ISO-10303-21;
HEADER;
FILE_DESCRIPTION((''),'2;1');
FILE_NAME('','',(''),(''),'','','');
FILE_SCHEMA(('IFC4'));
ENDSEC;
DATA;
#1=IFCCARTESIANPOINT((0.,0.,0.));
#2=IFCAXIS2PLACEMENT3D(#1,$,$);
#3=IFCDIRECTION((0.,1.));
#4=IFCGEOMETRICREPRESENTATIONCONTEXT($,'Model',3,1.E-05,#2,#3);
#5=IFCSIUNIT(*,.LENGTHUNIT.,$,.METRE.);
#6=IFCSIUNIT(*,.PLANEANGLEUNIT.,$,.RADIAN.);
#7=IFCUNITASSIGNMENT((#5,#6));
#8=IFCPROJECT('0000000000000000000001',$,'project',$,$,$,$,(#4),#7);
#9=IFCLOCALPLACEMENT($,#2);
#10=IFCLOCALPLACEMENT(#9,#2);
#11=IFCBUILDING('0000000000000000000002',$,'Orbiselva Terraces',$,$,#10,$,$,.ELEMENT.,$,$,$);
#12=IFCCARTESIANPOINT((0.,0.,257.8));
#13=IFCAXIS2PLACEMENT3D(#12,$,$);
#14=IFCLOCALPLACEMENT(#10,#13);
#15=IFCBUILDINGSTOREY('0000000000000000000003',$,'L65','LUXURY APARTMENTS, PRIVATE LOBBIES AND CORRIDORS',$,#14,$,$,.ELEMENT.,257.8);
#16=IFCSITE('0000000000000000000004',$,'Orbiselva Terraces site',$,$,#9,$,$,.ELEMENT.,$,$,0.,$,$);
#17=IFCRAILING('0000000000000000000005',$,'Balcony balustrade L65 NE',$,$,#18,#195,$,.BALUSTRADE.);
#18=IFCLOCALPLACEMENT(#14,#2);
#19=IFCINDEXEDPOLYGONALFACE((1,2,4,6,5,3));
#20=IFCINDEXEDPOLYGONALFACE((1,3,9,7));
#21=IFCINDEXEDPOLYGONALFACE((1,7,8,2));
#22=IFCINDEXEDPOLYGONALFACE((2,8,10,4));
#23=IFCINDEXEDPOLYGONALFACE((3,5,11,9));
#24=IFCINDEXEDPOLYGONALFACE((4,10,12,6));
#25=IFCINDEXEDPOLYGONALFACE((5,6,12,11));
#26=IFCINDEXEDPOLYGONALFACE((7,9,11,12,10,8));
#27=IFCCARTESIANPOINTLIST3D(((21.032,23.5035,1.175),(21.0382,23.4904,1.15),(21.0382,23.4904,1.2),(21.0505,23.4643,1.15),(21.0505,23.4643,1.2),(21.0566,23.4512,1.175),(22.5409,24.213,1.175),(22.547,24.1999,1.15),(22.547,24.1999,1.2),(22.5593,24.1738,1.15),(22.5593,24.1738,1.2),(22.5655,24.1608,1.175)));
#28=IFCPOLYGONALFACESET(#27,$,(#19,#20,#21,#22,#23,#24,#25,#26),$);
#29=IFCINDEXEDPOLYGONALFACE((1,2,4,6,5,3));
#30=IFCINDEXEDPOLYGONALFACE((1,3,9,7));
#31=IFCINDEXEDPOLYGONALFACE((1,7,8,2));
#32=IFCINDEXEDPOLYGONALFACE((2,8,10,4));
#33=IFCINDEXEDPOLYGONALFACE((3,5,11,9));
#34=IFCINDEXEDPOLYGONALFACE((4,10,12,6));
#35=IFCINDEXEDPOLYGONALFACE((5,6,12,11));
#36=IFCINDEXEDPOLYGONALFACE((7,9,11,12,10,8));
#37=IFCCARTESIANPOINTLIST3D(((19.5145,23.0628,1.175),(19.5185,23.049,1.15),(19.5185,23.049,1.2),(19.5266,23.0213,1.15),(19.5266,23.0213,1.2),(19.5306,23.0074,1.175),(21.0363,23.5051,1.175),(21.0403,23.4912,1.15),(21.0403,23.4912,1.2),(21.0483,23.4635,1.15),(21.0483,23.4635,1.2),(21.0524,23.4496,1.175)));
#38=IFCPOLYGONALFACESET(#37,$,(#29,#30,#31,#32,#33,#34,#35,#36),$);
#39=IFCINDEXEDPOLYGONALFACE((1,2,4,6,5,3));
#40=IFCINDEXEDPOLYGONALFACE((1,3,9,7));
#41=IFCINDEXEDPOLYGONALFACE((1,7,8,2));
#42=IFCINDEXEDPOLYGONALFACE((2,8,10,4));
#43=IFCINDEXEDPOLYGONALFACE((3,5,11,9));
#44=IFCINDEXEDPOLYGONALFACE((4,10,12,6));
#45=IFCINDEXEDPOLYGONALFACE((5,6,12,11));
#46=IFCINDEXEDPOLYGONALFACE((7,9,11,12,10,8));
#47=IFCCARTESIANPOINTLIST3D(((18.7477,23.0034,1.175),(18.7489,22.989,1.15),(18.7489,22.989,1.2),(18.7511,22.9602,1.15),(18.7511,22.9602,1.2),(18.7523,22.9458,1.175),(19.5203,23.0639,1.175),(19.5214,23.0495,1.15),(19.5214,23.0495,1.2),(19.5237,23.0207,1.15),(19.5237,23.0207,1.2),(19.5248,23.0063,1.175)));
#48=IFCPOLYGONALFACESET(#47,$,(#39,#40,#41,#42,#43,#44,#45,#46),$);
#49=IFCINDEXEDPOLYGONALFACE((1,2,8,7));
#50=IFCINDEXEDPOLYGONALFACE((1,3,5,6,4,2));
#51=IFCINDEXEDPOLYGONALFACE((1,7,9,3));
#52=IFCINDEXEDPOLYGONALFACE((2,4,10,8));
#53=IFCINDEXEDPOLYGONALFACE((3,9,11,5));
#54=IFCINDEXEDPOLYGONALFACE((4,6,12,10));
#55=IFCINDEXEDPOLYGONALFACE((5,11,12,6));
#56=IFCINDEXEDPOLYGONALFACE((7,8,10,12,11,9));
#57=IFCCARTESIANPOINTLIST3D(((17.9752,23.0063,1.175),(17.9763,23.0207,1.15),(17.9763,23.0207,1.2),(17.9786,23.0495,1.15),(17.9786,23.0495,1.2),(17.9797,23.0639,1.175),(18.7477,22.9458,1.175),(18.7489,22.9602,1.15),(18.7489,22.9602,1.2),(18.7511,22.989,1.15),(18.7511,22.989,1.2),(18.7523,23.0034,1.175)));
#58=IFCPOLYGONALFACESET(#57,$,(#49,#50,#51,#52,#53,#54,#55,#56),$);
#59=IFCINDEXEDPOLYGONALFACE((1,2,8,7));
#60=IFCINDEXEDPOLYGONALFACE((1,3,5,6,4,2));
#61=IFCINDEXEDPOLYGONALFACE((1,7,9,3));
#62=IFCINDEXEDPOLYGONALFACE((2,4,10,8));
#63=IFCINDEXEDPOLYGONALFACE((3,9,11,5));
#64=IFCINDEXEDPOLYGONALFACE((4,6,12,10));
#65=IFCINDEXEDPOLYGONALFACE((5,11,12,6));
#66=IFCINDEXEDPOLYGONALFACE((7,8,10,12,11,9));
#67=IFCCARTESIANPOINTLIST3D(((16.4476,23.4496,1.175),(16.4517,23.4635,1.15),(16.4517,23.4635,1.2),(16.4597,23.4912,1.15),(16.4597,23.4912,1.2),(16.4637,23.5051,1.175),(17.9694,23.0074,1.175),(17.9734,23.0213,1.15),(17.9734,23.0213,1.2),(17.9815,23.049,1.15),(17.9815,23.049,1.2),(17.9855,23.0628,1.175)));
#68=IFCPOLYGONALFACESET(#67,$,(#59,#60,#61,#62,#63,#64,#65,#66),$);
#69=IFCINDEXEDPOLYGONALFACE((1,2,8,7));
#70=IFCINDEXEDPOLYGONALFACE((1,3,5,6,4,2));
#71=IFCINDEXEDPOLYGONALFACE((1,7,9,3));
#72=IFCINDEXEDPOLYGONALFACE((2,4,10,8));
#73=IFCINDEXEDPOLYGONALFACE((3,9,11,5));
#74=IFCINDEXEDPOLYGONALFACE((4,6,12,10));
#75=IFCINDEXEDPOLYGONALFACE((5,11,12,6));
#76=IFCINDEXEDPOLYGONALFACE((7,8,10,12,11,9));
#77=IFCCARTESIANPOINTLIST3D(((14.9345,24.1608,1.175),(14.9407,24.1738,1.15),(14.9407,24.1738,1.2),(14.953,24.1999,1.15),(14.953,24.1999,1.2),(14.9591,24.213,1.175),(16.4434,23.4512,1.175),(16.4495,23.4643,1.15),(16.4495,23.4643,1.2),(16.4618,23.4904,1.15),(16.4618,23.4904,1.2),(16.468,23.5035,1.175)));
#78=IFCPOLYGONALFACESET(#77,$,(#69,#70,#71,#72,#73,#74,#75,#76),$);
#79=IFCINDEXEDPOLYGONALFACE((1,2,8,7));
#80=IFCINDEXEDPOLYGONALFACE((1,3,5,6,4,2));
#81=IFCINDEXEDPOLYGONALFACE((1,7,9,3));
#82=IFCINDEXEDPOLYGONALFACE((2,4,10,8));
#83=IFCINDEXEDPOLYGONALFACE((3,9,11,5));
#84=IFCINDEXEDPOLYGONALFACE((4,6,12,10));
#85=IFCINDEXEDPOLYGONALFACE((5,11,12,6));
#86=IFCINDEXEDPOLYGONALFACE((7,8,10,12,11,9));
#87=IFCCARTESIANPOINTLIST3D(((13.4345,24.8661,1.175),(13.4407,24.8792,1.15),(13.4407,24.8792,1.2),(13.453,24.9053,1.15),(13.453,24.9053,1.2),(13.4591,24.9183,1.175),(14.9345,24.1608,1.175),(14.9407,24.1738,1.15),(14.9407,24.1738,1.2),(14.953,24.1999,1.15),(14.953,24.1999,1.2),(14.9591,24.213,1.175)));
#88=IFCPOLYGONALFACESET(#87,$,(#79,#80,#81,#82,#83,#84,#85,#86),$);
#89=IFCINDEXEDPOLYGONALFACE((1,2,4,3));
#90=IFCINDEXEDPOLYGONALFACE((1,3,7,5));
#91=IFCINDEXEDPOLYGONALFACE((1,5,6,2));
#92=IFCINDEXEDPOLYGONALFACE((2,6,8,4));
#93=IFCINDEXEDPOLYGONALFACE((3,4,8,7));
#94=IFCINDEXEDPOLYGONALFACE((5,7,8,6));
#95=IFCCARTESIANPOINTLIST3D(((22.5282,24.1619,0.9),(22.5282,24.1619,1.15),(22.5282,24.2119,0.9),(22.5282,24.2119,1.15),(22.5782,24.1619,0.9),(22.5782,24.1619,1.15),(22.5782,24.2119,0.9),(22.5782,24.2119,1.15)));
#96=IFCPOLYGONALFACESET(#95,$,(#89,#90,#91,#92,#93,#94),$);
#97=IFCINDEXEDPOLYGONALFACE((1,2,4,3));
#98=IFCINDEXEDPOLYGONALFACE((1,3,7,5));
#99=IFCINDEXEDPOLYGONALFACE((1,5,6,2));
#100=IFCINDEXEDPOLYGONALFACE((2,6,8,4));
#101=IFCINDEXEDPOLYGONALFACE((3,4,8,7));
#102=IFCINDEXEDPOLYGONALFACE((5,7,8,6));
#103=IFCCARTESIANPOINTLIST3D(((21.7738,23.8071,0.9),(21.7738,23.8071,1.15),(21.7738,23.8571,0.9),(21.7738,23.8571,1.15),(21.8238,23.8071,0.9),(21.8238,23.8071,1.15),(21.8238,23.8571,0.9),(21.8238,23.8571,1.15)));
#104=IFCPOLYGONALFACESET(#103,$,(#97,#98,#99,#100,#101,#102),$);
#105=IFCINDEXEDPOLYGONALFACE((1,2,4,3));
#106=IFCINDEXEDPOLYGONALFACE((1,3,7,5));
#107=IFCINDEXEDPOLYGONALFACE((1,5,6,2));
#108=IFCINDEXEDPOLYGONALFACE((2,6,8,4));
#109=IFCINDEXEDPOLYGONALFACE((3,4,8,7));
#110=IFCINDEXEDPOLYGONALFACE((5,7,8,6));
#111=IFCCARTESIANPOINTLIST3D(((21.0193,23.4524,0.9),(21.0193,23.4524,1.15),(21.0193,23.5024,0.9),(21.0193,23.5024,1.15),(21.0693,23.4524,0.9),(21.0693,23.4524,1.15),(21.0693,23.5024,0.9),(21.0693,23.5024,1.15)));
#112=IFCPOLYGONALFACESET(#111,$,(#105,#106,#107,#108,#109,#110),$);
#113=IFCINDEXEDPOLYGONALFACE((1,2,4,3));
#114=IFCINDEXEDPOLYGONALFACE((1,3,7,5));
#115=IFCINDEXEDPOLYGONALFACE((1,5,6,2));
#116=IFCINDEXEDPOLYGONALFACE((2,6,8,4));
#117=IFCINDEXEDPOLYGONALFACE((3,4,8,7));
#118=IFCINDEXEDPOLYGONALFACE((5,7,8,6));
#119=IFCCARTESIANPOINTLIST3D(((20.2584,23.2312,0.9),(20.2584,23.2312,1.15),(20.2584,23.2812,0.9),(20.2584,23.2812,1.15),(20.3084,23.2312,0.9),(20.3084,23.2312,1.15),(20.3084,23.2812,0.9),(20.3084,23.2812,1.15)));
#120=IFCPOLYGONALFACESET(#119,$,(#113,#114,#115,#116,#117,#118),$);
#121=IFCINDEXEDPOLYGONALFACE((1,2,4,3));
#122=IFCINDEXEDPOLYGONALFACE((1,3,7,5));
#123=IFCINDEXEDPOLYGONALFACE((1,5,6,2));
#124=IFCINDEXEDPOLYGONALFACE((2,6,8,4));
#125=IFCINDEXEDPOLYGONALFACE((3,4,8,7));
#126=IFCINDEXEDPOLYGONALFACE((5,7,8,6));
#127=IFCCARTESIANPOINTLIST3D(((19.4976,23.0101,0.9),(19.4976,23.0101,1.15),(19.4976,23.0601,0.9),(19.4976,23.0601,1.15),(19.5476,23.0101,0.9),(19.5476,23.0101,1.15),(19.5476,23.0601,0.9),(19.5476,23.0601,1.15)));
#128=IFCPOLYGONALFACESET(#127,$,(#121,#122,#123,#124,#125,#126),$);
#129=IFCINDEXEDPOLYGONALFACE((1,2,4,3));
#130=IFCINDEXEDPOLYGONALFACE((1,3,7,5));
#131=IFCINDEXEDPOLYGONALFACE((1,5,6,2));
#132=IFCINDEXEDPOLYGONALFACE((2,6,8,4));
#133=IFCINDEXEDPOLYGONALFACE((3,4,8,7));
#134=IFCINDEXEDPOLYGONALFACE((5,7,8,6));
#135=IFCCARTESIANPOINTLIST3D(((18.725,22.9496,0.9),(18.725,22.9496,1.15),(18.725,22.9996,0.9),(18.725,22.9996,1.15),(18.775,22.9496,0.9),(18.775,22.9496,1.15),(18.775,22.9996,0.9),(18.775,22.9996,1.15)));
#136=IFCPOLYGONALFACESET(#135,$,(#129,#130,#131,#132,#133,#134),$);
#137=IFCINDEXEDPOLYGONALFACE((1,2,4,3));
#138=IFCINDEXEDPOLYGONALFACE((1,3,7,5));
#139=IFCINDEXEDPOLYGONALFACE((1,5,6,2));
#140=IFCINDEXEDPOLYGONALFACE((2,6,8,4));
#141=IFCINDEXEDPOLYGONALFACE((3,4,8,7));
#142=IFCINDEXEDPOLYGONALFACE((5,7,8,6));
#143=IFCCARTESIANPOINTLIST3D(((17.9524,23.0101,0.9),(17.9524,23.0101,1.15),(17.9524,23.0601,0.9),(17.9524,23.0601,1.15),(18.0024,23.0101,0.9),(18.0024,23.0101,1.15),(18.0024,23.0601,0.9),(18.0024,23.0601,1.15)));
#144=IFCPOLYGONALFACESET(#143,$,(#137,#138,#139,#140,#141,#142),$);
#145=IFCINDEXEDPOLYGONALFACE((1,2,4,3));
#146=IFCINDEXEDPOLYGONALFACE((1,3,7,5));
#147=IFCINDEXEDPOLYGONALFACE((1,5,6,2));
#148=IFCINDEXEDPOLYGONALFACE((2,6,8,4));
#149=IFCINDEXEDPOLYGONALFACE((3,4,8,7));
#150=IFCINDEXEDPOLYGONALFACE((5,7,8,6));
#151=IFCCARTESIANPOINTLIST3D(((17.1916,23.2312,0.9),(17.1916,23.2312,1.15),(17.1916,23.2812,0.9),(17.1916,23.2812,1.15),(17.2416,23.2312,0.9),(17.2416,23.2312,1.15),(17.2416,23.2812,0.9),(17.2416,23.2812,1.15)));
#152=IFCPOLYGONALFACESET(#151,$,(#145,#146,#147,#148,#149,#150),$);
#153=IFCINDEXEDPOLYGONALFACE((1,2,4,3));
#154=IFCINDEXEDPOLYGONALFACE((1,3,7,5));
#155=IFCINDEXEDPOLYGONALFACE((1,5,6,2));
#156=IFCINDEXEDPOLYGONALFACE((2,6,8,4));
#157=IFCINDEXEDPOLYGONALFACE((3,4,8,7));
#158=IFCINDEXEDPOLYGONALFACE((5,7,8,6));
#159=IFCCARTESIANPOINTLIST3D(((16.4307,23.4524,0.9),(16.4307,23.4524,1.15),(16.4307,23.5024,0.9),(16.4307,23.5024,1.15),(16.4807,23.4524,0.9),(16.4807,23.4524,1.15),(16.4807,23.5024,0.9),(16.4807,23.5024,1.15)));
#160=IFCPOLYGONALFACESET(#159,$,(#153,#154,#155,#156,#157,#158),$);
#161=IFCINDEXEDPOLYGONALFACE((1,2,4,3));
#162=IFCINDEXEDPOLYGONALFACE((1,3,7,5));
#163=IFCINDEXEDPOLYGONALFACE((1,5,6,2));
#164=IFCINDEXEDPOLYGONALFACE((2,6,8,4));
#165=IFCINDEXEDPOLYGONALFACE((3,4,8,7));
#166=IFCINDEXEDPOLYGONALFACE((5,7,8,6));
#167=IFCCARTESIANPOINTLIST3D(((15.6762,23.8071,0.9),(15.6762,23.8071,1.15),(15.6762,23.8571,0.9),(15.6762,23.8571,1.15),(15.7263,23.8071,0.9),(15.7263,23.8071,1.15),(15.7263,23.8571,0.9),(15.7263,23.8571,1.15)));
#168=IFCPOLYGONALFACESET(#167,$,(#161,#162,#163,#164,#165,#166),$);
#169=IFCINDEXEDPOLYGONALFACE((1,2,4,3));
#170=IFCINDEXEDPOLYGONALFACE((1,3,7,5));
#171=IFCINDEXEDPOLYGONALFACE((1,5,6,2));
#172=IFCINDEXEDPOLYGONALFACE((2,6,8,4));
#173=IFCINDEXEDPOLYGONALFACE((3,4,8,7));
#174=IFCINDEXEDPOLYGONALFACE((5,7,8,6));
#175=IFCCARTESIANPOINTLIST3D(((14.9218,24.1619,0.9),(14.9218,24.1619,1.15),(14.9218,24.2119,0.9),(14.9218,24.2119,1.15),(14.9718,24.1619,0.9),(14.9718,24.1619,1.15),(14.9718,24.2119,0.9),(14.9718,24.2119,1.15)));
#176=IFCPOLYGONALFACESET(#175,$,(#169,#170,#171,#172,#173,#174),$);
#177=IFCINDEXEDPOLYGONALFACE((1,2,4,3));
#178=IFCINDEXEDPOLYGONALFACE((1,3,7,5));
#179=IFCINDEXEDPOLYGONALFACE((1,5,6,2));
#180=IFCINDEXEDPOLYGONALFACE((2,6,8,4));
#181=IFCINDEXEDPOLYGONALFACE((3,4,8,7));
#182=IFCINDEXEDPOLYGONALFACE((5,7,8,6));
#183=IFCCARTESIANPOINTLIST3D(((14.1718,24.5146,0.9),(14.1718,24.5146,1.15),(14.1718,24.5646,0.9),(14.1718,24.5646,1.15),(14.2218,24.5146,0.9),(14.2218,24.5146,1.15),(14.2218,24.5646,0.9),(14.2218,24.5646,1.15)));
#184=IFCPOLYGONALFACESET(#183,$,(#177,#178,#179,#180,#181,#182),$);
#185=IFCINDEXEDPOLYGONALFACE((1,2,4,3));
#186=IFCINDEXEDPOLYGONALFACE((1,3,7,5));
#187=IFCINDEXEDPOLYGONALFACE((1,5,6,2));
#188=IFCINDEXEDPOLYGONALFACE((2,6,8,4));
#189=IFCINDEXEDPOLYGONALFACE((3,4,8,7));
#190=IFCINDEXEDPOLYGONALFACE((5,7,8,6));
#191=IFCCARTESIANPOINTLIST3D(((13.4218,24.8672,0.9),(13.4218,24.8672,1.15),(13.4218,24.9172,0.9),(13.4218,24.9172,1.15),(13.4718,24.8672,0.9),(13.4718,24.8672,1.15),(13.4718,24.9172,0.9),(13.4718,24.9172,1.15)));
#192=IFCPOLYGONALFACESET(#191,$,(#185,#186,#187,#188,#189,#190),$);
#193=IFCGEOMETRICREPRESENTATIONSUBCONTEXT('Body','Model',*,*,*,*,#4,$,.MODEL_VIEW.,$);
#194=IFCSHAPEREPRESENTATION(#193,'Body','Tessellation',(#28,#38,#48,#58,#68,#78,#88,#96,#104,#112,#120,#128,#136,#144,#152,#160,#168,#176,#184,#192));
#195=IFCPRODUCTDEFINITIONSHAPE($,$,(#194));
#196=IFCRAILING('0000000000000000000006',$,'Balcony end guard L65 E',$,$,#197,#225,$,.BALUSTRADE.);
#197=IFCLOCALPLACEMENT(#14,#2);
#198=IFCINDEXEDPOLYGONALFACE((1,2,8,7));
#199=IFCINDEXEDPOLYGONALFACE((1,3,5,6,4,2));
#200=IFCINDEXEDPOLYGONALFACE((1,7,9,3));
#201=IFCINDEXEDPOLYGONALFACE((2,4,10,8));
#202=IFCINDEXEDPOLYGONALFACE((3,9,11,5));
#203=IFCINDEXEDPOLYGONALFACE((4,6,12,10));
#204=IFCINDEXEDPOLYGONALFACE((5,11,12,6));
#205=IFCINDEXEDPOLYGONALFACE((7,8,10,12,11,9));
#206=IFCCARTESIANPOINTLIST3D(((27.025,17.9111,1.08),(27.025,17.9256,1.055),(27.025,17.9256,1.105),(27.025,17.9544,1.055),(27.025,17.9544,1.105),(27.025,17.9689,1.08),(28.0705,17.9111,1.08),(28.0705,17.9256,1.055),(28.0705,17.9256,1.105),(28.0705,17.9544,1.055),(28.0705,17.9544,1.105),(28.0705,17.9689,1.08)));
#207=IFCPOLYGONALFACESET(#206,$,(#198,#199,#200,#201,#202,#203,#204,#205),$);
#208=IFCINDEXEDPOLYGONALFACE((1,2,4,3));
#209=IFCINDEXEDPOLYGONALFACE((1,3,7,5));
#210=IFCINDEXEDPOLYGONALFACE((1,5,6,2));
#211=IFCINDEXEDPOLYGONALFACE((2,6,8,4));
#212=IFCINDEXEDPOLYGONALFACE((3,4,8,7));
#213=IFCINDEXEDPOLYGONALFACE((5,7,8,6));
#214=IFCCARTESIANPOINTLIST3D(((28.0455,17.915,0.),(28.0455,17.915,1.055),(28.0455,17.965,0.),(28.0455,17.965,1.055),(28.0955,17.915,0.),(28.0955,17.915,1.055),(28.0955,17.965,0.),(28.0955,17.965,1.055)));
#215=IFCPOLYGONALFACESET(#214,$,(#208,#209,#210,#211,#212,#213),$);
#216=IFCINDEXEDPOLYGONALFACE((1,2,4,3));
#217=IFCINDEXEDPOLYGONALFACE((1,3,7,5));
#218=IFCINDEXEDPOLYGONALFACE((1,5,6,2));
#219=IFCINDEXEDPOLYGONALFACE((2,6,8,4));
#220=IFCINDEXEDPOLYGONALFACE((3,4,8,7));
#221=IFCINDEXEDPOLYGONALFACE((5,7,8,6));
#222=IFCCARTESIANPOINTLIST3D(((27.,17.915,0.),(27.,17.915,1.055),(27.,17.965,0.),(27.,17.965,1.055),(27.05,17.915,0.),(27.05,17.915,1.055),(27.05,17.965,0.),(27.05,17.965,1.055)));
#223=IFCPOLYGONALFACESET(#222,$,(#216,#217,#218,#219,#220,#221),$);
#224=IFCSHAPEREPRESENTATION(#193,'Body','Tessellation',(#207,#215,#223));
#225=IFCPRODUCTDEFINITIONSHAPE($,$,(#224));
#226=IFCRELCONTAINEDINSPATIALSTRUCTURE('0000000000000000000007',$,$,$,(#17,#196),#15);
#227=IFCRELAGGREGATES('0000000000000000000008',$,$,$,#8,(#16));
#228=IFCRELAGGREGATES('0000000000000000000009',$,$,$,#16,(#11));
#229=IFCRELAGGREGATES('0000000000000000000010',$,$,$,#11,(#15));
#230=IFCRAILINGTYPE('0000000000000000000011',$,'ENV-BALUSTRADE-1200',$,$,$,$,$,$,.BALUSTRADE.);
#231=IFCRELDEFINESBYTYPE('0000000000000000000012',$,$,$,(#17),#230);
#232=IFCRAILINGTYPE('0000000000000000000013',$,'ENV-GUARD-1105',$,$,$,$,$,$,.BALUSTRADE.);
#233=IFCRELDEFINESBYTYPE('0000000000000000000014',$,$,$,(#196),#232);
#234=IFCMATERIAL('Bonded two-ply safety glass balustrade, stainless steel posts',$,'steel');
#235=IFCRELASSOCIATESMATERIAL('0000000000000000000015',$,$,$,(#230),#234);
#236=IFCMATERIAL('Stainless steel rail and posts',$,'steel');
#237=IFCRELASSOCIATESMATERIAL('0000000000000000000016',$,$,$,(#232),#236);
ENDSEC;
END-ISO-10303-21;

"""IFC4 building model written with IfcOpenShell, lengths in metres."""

from ifc_helpers import new_model, si_unit, direction, frame, origin, origin_2d, place, context, subcontext, project, spatial, polyline, rectangle, outline, extrude, material, type_object, element, save


model = new_model("IFC4")

# Units and contexts
model_context = context("Model", 3, precision=1e-05, world=origin(), true_north=direction((0.0, 1.0)))
body_context = subcontext(model_context, "Body", "Model", "MODEL_VIEW")
ifc_project = project(units=[si_unit("LENGTHUNIT", "METRE"), si_unit("PLANEANGLEUNIT", "RADIAN")], contexts=[model_context])

# Site, building, storey
site_placement = place(None, origin())
site = spatial("IfcSite", under=ifc_project, at=site_placement, Name="Orbiselva Terraces site", CompositionType="ELEMENT", RefElevation=0.0)
building_placement = place(site_placement, origin())
building = spatial("IfcBuilding", under=site, at=building_placement, Name="Orbiselva Terraces", CompositionType="ELEMENT")
storey_placement = place(building_placement, frame((0.0, 0.0, 257.8)))
storey = spatial("IfcBuildingStorey", under=building, at=storey_placement, Name="L65", Description="LUXURY APARTMENTS, PRIVATE LOBBIES AND CORRIDORS", CompositionType="ELEMENT", Elevation=257.8)

# Railings
ifc_material_1 = material(Name="Bonded two-ply safety glass balustrade, stainless steel posts", Category="steel")
railing_type_1 = type_object("IfcRailingType", Name="ENV-BALUSTRADE-1200", PredefinedType="BALUSTRADE", material=ifc_material_1)
railing_1_placement = place(storey_placement, frame((22.5532, 24.1869, 0.9)))
element("IfcRailing", 1, at=railing_1_placement, inside=storey, type_object=railing_type_1, Name="Balcony balustrade L65 NE", PredefinedType="BALUSTRADE", context=body_context, shape_type="SweptSolid", body=[
    extrude(outline(polyline([(0.0289, 0.0), (0.0144, 0.025), (-0.0144, 0.025), (-0.0289, 0.0), (-0.0144, -0.025), (0.0144, -0.025), (0.0289, 0.0)])), frame((0.0, 0.0, 0.275), z_axis=(-0.904944, -0.42553, 0.0), x_axis=(0.42553, -0.904944, 0.0)), (0.0, 0.0, 1.0), 1.6674),
    extrude(outline(polyline([(0.0289, 0.0), (0.0144, 0.025), (-0.0144, 0.025), (-0.0289, 0.0), (-0.0144, -0.025), (0.0144, -0.025), (0.0289, 0.0)])), frame((-1.5089, -0.7095, 0.275), z_axis=(-0.96027, -0.279071, 0.0), x_axis=(0.279071, -0.96027, 0.0)), (0.0, 0.0, 1.0), 1.5847),
    extrude(outline(polyline([(0.0289, 0.0), (0.0144, 0.025), (-0.0144, 0.025), (-0.0289, 0.0), (-0.0144, -0.025), (0.0144, -0.025), (0.0289, 0.0)])), frame((-3.0306, -1.1518, 0.275), z_axis=(-0.996948, -0.078071, 0.0), x_axis=(0.078071, -0.996948, 0.0)), (0.0, 0.0, 1.0), 0.7749),
    extrude(outline(polyline([(0.0289, 0.0), (0.0144, 0.025), (-0.0144, 0.025), (-0.0289, 0.0), (-0.0144, -0.025), (0.0144, -0.025), (0.0289, 0.0)])), frame((-3.8032, -1.2123, 0.275), z_axis=(-0.996948, 0.078071, 0.0), x_axis=(-0.078071, -0.996948, 0.0)), (0.0, 0.0, 1.0), 0.7749),
    extrude(outline(polyline([(0.0289, 0.0), (0.0144, 0.025), (-0.0144, 0.025), (-0.0289, 0.0), (-0.0144, -0.025), (0.0144, -0.025), (0.0289, 0.0)])), frame((-4.5757, -1.1518, 0.275), z_axis=(-0.96027, 0.279071, 0.0), x_axis=(-0.279071, -0.96027, 0.0)), (0.0, 0.0, 1.0), 1.5847),
    extrude(outline(polyline([(0.0289, 0.0), (0.0144, 0.025), (-0.0144, 0.025), (-0.0289, 0.0), (-0.0144, -0.025), (0.0144, -0.025), (0.0289, 0.0)])), frame((-6.0975, -0.7095, 0.275), z_axis=(-0.904944, 0.42553, 0.0), x_axis=(-0.42553, -0.904944, 0.0)), (0.0, 0.0, 1.0), 1.6674),
    extrude(outline(polyline([(0.0289, 0.0), (0.0144, 0.025), (-0.0144, 0.025), (-0.0289, 0.0), (-0.0144, -0.025), (0.0144, -0.025), (0.0289, 0.0)])), frame((-7.6064, 0.0, 0.275), z_axis=(-0.904944, 0.42553, 0.0), x_axis=(-0.42553, -0.904944, 0.0)), (0.0, 0.0, 1.0), 1.6576),
    extrude(rectangle(XDim=0.05, YDim=0.05, at=origin_2d()), origin(), (0.0, 0.0, 1.0), 0.25),
    extrude(rectangle(XDim=0.05, YDim=0.05, at=origin_2d()), frame((-0.7544, -0.3548, 0.0)), (0.0, 0.0, 1.0), 0.25),
    extrude(rectangle(XDim=0.05, YDim=0.05, at=origin_2d()), frame((-1.5089, -0.7095, 0.0)), (0.0, 0.0, 1.0), 0.25),
    extrude(rectangle(XDim=0.05, YDim=0.05, at=origin_2d()), frame((-2.2698, -0.9306, 0.0)), (0.0, 0.0, 1.0), 0.25),
    extrude(rectangle(XDim=0.05, YDim=0.05, at=origin_2d()), frame((-3.0306, -1.1518, 0.0)), (0.0, 0.0, 1.0), 0.25),
    extrude(rectangle(XDim=0.05, YDim=0.05, at=origin_2d()), frame((-3.8032, -1.2123, 0.0)), (0.0, 0.0, 1.0), 0.25),
    extrude(rectangle(XDim=0.05, YDim=0.05, at=origin_2d()), frame((-4.5757, -1.1518, 0.0)), (0.0, 0.0, 1.0), 0.25),
    extrude(rectangle(XDim=0.05, YDim=0.05, at=origin_2d()), frame((-5.3366, -0.9306, 0.0)), (0.0, 0.0, 1.0), 0.25),
    extrude(rectangle(XDim=0.05, YDim=0.05, at=origin_2d()), frame((-6.0975, -0.7095, 0.0)), (0.0, 0.0, 1.0), 0.25),
    extrude(rectangle(XDim=0.05, YDim=0.05, at=origin_2d()), frame((-6.8519, -0.3548, 0.0)), (0.0, 0.0, 1.0), 0.25),
    extrude(rectangle(XDim=0.05, YDim=0.05, at=origin_2d()), frame((-7.6064, 0.0, 0.0)), (0.0, 0.0, 1.0), 0.25),
    extrude(rectangle(XDim=0.05, YDim=0.05, at=origin_2d()), frame((-8.3564, 0.3527, 0.0)), (0.0, 0.0, 1.0), 0.25),
    extrude(rectangle(XDim=0.05, YDim=0.05, at=origin_2d()), frame((-9.1064, 0.7053, 0.0)), (0.0, 0.0, 1.0), 0.25),
])
ifc_material_2 = material(Name="Stainless steel rail and posts", Category="steel")
railing_type_2 = type_object("IfcRailingType", Name="ENV-GUARD-1105", PredefinedType="BALUSTRADE", material=ifc_material_2)
railing_2_placement = place(storey_placement, frame((28.0705, 17.94, 0.0)))
element("IfcRailing", 2, at=railing_2_placement, inside=storey, type_object=railing_type_2, Name="Balcony end guard L65 E", PredefinedType="BALUSTRADE", context=body_context, shape_type="SweptSolid", body=[
    extrude(outline(polyline([(0.0289, 0.0), (0.0144, 0.025), (-0.0144, 0.025), (-0.0289, 0.0), (-0.0144, -0.025), (0.0144, -0.025), (0.0289, 0.0)])), frame((0.0, 0.0, 1.08), z_axis=(-1.0, 0.0, 0.0), x_axis=(0.0, -1.0, 0.0)), (0.0, 0.0, 1.0), 1.0455),
    extrude(rectangle(XDim=0.05, YDim=0.05, at=origin_2d()), origin(), (0.0, 0.0, 1.0), 1.055),
    extrude(rectangle(XDim=0.05, YDim=0.05, at=origin_2d()), frame((-1.0455, 0.0, 0.0)), (0.0, 0.0, 1.0), 1.055),
])

save(model, "model.ifc")
